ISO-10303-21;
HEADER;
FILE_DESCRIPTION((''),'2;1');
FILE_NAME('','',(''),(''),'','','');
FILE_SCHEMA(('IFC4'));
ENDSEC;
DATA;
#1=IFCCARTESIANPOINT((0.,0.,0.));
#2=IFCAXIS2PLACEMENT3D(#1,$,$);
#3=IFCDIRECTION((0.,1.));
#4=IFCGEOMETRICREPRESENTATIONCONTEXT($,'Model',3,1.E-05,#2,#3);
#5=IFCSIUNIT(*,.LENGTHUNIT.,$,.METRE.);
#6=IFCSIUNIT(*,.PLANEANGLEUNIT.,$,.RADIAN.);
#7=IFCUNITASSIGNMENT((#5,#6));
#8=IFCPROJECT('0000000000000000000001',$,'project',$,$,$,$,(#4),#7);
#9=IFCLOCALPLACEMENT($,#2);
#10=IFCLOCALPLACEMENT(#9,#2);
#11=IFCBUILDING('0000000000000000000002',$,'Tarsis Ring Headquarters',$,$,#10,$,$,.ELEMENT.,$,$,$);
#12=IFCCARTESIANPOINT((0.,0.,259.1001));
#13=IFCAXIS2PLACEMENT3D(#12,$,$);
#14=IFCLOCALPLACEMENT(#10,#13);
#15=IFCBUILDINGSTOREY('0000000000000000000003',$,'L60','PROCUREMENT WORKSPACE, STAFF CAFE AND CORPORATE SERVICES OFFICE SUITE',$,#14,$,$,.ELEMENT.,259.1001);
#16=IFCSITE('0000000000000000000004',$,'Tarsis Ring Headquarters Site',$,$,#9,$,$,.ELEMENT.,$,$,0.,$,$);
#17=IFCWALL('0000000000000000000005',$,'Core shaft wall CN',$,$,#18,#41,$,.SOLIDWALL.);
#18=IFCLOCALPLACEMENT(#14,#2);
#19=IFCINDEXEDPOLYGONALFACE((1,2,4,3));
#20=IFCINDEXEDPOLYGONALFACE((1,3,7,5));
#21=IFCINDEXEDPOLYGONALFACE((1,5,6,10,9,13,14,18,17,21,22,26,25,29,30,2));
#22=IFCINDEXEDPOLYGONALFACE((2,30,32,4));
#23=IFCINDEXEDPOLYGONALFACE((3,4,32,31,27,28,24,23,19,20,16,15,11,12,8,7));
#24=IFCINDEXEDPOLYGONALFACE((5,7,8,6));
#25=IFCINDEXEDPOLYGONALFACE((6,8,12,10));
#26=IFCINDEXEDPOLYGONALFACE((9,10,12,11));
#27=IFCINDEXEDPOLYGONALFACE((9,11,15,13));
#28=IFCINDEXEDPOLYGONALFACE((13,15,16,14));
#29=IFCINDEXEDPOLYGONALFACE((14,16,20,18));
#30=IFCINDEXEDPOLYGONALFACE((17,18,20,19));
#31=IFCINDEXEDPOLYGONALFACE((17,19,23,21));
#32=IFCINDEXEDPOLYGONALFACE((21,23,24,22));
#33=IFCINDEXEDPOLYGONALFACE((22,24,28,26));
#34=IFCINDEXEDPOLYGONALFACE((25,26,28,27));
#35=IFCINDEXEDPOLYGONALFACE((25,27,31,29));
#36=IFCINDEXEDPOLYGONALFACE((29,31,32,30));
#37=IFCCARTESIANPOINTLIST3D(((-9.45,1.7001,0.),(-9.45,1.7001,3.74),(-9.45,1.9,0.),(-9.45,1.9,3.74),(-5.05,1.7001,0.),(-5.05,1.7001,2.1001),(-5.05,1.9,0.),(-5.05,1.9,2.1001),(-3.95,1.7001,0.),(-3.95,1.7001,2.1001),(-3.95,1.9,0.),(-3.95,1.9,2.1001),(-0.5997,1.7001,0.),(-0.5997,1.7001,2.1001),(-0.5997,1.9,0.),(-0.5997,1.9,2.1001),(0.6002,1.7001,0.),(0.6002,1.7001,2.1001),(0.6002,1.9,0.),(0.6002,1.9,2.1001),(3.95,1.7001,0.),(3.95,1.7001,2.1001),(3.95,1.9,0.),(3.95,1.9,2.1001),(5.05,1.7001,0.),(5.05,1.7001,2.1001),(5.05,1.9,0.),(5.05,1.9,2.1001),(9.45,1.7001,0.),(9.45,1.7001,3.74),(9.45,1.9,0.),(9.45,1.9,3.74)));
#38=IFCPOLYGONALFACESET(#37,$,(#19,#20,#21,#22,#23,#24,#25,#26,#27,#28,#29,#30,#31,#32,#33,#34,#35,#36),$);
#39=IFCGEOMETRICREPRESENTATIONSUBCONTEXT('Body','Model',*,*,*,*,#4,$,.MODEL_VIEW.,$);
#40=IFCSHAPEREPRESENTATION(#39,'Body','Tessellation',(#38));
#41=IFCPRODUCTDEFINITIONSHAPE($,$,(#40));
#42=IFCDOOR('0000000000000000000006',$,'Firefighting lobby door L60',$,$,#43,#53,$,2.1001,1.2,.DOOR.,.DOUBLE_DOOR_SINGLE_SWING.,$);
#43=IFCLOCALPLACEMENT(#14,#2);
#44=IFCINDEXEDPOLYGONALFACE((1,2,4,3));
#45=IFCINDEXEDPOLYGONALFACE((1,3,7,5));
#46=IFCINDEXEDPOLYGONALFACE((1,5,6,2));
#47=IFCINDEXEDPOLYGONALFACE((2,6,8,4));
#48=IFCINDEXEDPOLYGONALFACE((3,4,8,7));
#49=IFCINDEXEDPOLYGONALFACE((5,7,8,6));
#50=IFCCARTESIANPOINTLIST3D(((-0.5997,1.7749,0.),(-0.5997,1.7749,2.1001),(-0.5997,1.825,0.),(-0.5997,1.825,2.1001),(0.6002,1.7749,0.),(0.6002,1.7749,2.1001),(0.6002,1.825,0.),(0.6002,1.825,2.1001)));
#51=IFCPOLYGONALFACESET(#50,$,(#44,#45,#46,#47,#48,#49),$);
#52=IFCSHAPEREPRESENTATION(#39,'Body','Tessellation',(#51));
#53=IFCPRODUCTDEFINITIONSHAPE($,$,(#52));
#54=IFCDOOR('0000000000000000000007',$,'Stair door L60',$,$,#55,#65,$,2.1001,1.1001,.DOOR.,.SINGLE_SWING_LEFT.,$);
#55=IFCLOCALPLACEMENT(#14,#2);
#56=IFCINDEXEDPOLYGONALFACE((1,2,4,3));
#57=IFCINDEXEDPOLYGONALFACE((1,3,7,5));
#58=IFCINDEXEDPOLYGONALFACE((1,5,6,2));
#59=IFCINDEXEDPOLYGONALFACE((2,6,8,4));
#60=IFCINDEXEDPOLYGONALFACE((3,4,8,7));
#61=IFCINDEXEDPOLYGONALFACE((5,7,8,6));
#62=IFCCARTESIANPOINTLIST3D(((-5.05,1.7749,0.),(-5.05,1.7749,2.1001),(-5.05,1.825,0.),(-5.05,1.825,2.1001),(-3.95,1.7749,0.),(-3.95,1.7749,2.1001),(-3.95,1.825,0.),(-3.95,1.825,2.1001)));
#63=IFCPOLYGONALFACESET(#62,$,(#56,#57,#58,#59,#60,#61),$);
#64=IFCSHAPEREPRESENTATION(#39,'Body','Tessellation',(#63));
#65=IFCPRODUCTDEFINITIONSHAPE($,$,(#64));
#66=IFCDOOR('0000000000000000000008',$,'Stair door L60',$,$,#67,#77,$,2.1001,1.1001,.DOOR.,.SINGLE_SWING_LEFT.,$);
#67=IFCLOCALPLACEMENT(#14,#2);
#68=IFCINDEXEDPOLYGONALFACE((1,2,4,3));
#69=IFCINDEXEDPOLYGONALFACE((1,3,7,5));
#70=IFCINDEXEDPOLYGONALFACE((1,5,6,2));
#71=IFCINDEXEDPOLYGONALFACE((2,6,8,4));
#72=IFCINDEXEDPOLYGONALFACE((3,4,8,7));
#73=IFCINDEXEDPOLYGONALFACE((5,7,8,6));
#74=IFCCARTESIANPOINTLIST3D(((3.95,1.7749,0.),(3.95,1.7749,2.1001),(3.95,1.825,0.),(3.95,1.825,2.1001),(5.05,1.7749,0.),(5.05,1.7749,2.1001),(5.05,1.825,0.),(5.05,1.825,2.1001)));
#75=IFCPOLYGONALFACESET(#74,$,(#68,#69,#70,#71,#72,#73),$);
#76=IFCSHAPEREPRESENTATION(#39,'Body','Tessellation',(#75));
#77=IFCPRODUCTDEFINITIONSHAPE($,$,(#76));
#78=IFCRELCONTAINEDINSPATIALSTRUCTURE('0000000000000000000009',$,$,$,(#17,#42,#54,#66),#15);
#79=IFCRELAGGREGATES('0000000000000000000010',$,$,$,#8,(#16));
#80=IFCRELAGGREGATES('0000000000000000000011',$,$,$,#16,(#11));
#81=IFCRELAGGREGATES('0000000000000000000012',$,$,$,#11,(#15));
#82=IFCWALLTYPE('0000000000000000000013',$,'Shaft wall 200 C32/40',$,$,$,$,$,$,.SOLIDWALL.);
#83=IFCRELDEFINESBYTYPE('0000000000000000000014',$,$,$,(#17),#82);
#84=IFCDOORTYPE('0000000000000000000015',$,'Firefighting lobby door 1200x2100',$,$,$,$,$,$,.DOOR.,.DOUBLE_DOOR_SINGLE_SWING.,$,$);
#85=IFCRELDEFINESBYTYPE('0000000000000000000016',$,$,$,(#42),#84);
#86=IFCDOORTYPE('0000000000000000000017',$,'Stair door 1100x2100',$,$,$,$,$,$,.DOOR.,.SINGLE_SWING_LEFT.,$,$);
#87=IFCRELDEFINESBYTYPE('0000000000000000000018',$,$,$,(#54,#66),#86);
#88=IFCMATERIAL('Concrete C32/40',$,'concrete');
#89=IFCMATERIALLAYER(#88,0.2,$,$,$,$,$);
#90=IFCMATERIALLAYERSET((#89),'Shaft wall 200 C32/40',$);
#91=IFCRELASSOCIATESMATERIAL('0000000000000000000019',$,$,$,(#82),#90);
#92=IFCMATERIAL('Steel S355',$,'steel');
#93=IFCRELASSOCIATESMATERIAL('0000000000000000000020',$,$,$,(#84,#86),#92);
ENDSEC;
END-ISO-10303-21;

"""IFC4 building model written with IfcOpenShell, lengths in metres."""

from ifc_helpers import new_model, si_unit, direction, frame, frame_2d, origin, place, context, subcontext, project, spatial, rectangle, extrude, material, layer, layer_set, type_object, element, fill, save


model = new_model("IFC4")

# Units and contexts
model_context = context("Model", 3, precision=1e-05, world=origin(), true_north=direction((0.0, 1.0)))
body_context = subcontext(model_context, "Body", "Model", "MODEL_VIEW")
ifc_project = project(units=[si_unit("LENGTHUNIT", "METRE"), si_unit("PLANEANGLEUNIT", "RADIAN")], contexts=[model_context])

# Site, building, storey
site_placement = place(None, origin())
site = spatial("IfcSite", under=ifc_project, at=site_placement, Name="Tarsis Ring Headquarters Site", CompositionType="ELEMENT", RefElevation=0.0)
building_placement = place(site_placement, origin())
building = spatial("IfcBuilding", under=site, at=building_placement, Name="Tarsis Ring Headquarters", CompositionType="ELEMENT")
storey_placement = place(building_placement, frame((0.0, 0.0, 259.1001)))
storey = spatial("IfcBuildingStorey", under=building, at=storey_placement, Name="L60", Description="PROCUREMENT WORKSPACE, STAFF CAFE AND CORPORATE SERVICES OFFICE SUITE", CompositionType="ELEMENT", Elevation=259.1001)

# Wall, openings, doors
ifc_material_1 = material(Name="Steel S355", Category="steel")
ifc_material_2 = material(Name="Concrete C32/40", Category="concrete")
ifc_layer_1 = layer(ifc_material_2, 0.2)
ifc_layer_set_1 = layer_set([ifc_layer_1], Name="Shaft wall 200 C32/40")
wall_type_1 = type_object("IfcWallType", Name="Shaft wall 200 C32/40", PredefinedType="SOLIDWALL", material=ifc_layer_set_1)
wall_1_placement = place(storey_placement, frame((-9.45, 1.8, 0.0), z_axis=(0.0, 0.0, 1.0), x_axis=(1.0, 0.0, 0.0)))
wall_1 = element("IfcWall", 1, at=wall_1_placement, inside=storey, type_object=wall_type_1, Name="Core shaft wall CN", PredefinedType="SOLIDWALL", context=body_context, shape_type="SweptSolid", body=[
    extrude(rectangle(XDim=18.8999, YDim=0.2, at=frame_2d((9.45, 0.0))), origin(), (0.0, 0.0, 1.0), 3.74),
])
opening_1_placement = place(wall_1_placement, frame((4.3999, 0.0, 0.0)))
opening_1 = element("IfcOpeningElement", 2, at=opening_1_placement, cuts=wall_1, PredefinedType="OPENING", context=body_context, shape_type="SweptSolid", body=[
    extrude(rectangle(XDim=1.1001, YDim=2.1001, at=frame_2d((0.55, 1.05))), frame((0.0, 0.1099, 0.0), z_axis=(0.0, -1.0, 0.0), x_axis=(1.0, 0.0, 0.0)), (0.0, 0.0, 1.0), 0.22),
])
opening_2_placement = place(wall_1_placement, frame((8.8501, 0.0, 0.0)))
opening_2 = element("IfcOpeningElement", 3, at=opening_2_placement, cuts=wall_1, PredefinedType="OPENING", context=body_context, shape_type="SweptSolid", body=[
    extrude(rectangle(XDim=1.2, YDim=2.1001, at=frame_2d((0.6001, 1.05))), frame((0.0, 0.1099, 0.0), z_axis=(0.0, -1.0, 0.0), x_axis=(1.0, 0.0, 0.0)), (0.0, 0.0, 1.0), 0.22),
])
opening_3_placement = place(wall_1_placement, frame((13.3999, 0.0, 0.0)))
opening_3 = element("IfcOpeningElement", 4, at=opening_3_placement, cuts=wall_1, PredefinedType="OPENING", context=body_context, shape_type="SweptSolid", body=[
    extrude(rectangle(XDim=1.1001, YDim=2.1001, at=frame_2d((0.55, 1.05))), frame((0.0, 0.1099, 0.0), z_axis=(0.0, -1.0, 0.0), x_axis=(1.0, 0.0, 0.0)), (0.0, 0.0, 1.0), 0.22),
])
door_type_1 = type_object("IfcDoorType", Name="Firefighting lobby door 1200x2100", OperationType="DOUBLE_DOOR_SINGLE_SWING", PredefinedType="DOOR", material=ifc_material_1)
door_1_placement = place(opening_2_placement, origin())
door_1 = element("IfcDoor", 5, at=door_1_placement, inside=storey, type_object=door_type_1, Name="Firefighting lobby door L60", OperationType="DOUBLE_DOOR_SINGLE_SWING", OverallHeight=2.1001, OverallWidth=1.2, PredefinedType="DOOR", context=body_context, shape_type="SweptSolid", body=[
    extrude(rectangle(XDim=1.2, YDim=2.1001, at=frame_2d((0.6001, 1.05))), frame((0.0, 0.0249, 0.0), z_axis=(0.0, -1.0, 0.0), x_axis=(1.0, 0.0, 0.0)), (0.0, 0.0, 1.0), 0.05),
])
fill(opening_2, door_1)
door_type_2 = type_object("IfcDoorType", Name="Stair door 1100x2100", OperationType="SINGLE_SWING_LEFT", PredefinedType="DOOR", material=ifc_material_1)
door_2_placement = place(opening_1_placement, origin())
door_2 = element("IfcDoor", 6, at=door_2_placement, inside=storey, type_object=door_type_2, Name="Stair door L60", OperationType="SINGLE_SWING_LEFT", OverallHeight=2.1001, OverallWidth=1.1001, PredefinedType="DOOR", context=body_context, shape_type="SweptSolid", body=[
    extrude(rectangle(XDim=1.1001, YDim=2.1001, at=frame_2d((0.55, 1.05))), frame((0.0, 0.0249, 0.0), z_axis=(0.0, -1.0, 0.0), x_axis=(1.0, 0.0, 0.0)), (0.0, 0.0, 1.0), 0.05),
])
fill(opening_1, door_2)
door_3_placement = place(opening_3_placement, origin())
door_3 = element("IfcDoor", 7, at=door_3_placement, inside=storey, type_object=door_type_2, Name="Stair door L60", OperationType="SINGLE_SWING_LEFT", OverallHeight=2.1001, OverallWidth=1.1001, PredefinedType="DOOR", context=body_context, shape_type="SweptSolid", body=[
    extrude(rectangle(XDim=1.1001, YDim=2.1001, at=frame_2d((0.55, 1.05))), frame((0.0, 0.0249, 0.0), z_axis=(0.0, -1.0, 0.0), x_axis=(1.0, 0.0, 0.0)), (0.0, 0.0, 1.0), 0.05),
])
fill(opening_3, door_3)

save(model, "model.ifc")
